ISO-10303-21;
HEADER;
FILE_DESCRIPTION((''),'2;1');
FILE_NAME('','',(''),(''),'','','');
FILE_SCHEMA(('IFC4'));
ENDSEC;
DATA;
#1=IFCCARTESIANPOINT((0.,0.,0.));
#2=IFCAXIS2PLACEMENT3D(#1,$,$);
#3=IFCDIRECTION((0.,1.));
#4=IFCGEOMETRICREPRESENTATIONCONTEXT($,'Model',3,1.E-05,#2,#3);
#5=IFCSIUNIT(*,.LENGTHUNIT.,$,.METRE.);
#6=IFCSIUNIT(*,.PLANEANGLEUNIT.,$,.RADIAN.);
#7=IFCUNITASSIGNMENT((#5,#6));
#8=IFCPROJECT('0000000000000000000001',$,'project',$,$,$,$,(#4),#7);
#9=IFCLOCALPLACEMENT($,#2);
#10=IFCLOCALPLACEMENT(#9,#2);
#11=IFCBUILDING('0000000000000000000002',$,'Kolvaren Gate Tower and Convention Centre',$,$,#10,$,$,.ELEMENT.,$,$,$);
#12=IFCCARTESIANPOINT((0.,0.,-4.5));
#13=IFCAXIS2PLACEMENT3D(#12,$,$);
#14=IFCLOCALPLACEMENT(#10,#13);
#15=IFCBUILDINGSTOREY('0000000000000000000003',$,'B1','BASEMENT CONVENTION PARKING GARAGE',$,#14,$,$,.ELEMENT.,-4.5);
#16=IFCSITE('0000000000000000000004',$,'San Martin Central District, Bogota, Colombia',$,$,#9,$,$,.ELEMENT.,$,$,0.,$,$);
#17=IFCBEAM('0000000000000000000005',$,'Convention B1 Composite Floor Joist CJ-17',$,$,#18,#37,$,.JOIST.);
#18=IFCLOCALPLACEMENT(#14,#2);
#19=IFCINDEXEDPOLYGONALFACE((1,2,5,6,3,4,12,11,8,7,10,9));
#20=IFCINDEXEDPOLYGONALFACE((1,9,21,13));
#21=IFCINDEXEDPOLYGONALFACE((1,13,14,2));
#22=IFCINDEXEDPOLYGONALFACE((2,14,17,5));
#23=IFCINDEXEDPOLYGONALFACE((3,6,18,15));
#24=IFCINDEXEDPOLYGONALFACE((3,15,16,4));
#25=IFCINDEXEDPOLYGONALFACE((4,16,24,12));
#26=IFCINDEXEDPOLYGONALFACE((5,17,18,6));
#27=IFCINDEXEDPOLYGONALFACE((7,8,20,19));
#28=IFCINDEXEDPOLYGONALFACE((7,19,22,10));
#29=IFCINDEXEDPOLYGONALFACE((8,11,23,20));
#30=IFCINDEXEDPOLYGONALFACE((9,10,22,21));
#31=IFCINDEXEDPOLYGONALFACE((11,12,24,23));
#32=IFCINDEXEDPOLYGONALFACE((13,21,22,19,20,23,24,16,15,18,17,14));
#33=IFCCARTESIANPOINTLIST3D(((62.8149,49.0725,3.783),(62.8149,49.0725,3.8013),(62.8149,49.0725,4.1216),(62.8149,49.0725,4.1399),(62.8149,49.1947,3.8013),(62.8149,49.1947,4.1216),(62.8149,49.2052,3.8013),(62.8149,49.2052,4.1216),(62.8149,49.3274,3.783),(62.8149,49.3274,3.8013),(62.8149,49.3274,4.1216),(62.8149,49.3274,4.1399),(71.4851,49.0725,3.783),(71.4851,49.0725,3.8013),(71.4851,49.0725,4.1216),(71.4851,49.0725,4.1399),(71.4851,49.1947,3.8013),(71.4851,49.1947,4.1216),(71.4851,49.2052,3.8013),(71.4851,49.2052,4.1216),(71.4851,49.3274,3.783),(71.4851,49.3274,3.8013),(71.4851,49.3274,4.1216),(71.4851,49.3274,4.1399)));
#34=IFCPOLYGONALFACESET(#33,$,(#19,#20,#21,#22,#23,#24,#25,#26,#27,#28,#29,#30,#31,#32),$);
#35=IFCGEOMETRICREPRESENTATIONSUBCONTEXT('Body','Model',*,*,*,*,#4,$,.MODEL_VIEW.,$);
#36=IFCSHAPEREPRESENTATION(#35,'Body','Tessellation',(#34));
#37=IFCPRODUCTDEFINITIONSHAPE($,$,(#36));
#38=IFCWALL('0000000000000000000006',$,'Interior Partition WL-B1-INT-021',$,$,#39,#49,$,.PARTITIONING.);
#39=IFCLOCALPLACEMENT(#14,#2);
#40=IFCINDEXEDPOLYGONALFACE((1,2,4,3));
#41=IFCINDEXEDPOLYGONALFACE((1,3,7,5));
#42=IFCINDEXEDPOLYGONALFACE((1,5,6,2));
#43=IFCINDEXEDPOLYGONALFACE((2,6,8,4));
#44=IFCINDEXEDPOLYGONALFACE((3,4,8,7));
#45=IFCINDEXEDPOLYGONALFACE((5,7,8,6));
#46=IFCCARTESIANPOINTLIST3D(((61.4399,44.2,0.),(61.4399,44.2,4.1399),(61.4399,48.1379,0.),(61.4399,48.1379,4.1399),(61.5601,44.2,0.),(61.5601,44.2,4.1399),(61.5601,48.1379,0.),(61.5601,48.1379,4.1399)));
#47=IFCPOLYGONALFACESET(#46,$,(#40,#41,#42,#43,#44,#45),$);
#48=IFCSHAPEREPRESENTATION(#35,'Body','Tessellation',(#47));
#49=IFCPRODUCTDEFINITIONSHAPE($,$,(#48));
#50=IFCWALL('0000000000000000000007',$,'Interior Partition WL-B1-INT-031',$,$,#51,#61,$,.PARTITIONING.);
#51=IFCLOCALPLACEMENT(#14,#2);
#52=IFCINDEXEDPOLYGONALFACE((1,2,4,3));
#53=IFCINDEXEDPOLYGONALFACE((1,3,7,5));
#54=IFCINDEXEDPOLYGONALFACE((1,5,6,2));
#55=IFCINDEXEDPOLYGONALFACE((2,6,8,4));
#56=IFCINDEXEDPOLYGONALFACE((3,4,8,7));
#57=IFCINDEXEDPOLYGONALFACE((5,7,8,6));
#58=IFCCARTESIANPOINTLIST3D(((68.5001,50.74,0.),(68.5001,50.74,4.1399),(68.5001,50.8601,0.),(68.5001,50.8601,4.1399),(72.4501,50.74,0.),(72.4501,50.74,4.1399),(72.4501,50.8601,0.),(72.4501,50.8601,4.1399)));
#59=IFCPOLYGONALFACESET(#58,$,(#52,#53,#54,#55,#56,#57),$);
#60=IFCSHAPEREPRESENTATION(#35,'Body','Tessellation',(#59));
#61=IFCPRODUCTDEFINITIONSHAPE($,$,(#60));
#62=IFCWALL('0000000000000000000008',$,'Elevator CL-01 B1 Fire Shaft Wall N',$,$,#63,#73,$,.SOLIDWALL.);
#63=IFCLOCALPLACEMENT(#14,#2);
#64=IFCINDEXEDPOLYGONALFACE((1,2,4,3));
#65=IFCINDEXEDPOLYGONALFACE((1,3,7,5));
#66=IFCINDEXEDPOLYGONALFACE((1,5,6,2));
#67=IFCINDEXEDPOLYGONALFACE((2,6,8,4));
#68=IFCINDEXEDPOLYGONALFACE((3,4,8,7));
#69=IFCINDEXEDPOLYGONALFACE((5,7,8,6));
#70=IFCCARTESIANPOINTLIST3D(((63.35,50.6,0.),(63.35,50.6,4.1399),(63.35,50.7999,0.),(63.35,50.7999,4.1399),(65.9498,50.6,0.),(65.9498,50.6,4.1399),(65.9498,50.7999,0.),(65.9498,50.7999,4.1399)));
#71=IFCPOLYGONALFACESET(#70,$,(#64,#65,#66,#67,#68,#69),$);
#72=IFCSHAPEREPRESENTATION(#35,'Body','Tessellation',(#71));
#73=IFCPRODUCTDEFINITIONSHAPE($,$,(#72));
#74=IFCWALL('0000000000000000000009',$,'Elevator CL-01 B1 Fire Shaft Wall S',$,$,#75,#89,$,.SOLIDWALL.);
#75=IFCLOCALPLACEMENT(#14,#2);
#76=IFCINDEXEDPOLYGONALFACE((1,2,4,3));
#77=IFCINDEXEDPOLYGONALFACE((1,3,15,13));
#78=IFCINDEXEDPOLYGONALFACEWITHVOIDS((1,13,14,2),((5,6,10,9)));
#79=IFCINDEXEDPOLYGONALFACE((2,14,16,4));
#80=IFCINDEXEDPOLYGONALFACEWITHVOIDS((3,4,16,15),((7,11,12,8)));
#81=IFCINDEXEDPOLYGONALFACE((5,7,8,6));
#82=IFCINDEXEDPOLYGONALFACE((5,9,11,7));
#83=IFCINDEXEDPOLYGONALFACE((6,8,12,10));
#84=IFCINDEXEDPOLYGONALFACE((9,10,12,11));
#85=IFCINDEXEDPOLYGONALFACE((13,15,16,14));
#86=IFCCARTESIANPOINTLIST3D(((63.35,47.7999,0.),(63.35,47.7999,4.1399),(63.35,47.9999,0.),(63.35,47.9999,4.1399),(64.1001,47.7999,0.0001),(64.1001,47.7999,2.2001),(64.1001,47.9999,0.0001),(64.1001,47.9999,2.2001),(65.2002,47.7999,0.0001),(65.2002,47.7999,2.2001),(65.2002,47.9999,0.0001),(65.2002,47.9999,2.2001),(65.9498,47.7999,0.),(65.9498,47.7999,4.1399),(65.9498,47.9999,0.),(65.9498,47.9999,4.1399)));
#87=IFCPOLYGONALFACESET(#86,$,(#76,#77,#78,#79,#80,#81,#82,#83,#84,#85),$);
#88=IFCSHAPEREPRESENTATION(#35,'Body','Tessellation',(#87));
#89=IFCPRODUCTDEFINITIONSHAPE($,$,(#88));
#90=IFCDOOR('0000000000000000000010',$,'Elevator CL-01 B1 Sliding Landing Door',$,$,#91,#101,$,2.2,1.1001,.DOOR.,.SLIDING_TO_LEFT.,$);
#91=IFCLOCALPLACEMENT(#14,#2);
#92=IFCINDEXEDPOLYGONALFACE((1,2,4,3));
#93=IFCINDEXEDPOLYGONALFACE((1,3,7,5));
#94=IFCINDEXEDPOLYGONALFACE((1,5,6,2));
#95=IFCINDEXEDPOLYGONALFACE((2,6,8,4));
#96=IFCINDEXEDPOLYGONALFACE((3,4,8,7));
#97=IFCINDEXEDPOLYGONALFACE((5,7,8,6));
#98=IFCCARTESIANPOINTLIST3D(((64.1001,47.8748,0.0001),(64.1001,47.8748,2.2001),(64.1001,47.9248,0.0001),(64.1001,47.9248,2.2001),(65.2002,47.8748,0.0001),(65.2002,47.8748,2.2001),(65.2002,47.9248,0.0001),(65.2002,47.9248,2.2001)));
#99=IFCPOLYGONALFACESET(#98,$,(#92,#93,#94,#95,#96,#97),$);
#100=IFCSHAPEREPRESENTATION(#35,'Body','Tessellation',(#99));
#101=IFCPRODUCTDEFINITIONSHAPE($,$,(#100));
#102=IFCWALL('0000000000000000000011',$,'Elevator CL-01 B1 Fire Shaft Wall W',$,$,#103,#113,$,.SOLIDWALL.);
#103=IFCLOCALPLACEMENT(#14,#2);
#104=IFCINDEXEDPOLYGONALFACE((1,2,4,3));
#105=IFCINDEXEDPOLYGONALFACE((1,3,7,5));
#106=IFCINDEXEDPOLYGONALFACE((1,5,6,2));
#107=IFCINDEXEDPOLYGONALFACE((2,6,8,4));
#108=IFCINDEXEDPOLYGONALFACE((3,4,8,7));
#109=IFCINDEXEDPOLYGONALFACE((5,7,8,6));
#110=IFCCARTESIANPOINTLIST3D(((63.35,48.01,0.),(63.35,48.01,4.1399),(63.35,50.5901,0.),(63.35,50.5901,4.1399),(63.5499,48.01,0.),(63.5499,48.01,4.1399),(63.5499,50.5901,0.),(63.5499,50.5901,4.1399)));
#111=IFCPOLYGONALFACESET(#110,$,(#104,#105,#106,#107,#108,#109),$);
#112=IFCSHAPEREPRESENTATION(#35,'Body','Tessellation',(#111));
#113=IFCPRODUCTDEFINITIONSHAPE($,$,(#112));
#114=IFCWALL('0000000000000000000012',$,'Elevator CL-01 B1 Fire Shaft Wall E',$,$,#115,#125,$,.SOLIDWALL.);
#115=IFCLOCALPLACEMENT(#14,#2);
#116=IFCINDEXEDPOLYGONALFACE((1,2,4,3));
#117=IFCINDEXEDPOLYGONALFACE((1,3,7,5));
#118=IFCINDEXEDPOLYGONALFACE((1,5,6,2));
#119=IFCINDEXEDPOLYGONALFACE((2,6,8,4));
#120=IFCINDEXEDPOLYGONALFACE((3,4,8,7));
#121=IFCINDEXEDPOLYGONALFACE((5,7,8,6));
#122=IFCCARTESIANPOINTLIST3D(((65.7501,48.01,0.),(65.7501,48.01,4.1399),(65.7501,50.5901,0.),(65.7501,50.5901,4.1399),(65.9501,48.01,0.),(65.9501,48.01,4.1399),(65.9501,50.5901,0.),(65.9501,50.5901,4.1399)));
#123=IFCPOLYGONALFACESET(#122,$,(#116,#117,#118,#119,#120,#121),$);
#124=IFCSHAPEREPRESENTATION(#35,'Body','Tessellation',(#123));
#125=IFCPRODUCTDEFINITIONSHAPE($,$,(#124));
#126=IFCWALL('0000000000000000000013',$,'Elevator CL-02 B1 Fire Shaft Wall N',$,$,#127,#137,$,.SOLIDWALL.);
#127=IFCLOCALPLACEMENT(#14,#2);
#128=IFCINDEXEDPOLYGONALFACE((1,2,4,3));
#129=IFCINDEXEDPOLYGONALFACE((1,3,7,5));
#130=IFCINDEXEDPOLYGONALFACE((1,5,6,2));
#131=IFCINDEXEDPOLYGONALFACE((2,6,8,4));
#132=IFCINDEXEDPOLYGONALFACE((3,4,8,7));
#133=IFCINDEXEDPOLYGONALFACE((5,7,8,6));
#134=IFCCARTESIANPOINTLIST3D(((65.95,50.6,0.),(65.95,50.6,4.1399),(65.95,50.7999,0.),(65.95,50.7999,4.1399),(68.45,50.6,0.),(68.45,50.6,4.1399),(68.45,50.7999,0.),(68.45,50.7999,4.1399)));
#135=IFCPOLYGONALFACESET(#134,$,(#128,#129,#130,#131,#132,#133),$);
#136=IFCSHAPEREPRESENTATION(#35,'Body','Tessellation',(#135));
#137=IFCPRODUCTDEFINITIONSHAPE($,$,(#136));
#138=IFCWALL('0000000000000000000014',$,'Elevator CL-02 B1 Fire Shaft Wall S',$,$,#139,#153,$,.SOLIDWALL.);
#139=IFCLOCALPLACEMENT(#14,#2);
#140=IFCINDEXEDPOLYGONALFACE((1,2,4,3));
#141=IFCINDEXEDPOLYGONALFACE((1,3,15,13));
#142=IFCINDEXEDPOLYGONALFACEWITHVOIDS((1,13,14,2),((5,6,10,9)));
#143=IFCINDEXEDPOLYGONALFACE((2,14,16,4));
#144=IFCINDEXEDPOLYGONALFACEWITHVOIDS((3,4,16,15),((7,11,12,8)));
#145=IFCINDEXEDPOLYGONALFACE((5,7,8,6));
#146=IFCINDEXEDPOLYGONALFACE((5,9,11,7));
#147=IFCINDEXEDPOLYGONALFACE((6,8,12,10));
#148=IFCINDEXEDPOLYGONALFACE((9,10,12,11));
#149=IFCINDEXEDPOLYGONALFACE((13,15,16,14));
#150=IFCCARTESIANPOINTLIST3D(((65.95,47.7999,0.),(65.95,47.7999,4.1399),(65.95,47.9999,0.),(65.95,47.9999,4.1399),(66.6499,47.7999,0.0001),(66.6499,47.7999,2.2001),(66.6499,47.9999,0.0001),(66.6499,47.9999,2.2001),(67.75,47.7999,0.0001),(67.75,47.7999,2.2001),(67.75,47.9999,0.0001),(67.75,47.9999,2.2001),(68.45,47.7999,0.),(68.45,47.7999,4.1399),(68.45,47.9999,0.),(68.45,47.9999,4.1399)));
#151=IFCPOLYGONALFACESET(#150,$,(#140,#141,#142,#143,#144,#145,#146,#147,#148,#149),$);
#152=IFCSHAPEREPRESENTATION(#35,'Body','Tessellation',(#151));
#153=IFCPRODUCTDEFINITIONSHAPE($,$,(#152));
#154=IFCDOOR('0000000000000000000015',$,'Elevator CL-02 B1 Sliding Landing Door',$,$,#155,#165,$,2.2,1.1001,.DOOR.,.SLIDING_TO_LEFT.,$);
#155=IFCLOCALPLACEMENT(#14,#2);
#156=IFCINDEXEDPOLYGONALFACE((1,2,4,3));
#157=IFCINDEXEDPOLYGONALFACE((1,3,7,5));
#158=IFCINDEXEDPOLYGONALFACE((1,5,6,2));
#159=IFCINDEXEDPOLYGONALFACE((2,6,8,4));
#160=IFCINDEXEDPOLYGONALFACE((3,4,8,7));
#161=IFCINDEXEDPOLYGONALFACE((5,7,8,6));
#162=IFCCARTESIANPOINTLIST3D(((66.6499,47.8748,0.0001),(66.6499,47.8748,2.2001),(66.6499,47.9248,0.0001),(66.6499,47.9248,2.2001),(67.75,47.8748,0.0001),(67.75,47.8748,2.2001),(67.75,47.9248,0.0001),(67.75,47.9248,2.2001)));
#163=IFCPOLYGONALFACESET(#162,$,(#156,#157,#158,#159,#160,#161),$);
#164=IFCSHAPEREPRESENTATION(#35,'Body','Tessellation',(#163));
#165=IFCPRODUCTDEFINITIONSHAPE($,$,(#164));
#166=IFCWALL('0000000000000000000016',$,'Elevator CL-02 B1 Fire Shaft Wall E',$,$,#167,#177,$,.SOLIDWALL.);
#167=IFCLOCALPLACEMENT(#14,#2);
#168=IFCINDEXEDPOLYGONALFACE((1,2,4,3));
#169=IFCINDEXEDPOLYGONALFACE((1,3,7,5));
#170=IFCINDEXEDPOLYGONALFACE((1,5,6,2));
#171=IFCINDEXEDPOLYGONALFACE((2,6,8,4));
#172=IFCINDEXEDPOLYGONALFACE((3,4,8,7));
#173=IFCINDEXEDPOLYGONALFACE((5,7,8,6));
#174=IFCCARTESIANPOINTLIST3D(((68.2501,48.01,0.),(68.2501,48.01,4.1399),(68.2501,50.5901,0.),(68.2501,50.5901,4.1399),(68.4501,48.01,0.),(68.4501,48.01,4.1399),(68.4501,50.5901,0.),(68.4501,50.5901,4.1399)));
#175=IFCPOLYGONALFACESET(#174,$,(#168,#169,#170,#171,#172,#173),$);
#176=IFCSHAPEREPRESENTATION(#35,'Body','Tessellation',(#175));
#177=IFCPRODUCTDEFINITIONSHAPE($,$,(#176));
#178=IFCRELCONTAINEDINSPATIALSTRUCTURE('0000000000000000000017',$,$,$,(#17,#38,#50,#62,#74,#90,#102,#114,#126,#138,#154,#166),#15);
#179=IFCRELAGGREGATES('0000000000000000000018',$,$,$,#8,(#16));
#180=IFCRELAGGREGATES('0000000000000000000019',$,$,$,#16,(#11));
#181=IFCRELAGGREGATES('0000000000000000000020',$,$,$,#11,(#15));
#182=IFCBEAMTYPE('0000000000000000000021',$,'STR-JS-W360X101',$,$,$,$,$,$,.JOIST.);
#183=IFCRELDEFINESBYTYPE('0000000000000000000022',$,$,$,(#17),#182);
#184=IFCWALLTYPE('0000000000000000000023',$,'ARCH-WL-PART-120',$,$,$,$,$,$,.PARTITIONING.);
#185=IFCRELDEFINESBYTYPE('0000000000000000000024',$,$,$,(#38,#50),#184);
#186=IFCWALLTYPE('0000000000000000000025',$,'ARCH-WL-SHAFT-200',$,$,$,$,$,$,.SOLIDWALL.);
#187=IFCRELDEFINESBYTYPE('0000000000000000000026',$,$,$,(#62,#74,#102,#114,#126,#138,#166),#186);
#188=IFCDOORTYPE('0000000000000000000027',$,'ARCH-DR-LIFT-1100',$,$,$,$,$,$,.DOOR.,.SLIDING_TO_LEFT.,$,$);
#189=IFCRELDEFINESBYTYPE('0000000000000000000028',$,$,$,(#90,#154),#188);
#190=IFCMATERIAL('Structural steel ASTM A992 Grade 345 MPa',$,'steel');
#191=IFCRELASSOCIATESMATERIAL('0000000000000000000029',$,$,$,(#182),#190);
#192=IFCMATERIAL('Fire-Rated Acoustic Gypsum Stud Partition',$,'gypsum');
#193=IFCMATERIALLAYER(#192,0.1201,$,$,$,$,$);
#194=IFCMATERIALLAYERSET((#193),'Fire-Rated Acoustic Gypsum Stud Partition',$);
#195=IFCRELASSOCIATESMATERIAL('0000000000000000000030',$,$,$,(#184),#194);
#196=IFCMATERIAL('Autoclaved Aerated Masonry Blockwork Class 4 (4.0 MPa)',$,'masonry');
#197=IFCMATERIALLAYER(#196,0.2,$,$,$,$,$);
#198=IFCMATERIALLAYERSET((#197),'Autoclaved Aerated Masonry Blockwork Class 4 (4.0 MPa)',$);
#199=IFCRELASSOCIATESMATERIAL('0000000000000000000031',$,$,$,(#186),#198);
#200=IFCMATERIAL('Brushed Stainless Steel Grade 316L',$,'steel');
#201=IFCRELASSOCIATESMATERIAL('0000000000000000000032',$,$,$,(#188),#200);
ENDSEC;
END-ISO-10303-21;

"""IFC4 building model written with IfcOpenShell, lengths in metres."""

from ifc_helpers import new_model, si_unit, direction, frame, frame_2d, origin, origin_2d, place, context, subcontext, project, spatial, rectangle, i_section, extrude, material, layer, layer_set, material_profile, profile_set, type_object, element, fill, save


model = new_model("IFC4")

# Units and contexts
model_context = context("Model", 3, precision=1e-05, world=origin(), true_north=direction((0.0, 1.0)))
body_context = subcontext(model_context, "Body", "Model", "MODEL_VIEW")
ifc_project = project(units=[si_unit("LENGTHUNIT", "METRE"), si_unit("PLANEANGLEUNIT", "RADIAN")], contexts=[model_context])

# Site, building, storey
site_placement = place(None, origin())
site = spatial("IfcSite", under=ifc_project, at=site_placement, Name="San Martin Central District, Bogota, Colombia", CompositionType="ELEMENT", RefElevation=0.0)
building_placement = place(site_placement, origin())
building = spatial("IfcBuilding", under=site, at=building_placement, Name="Kolvaren Gate Tower and Convention Centre", CompositionType="ELEMENT")
storey_placement = place(building_placement, frame((0.0, 0.0, -4.5)))
storey = spatial("IfcBuildingStorey", under=building, at=storey_placement, Name="B1", Description="BASEMENT CONVENTION PARKING GARAGE", CompositionType="ELEMENT", Elevation=-4.5)

# Beam
ifc_material_1 = material(Name="Structural steel ASTM A992 Grade 345 MPa", Category="steel")
ifc_material_profile_1 = material_profile(ifc_material_1, i_section(OverallWidth=0.2549, OverallDepth=0.3569, WebThickness=0.0105, FlangeThickness=0.0183, at=origin_2d()), Name="W360X101")
ifc_profile_set_1 = profile_set([ifc_material_profile_1], Name="Structural steel ASTM A992 Grade 345 MPa")
beam_type_1 = type_object("IfcBeamType", Name="STR-JS-W360X101", PredefinedType="JOIST", material=ifc_profile_set_1)
beam_1_placement = place(storey_placement, frame((62.8149, 49.2, 3.9614), z_axis=(1.0, 0.0, 0.0), x_axis=(0.0, 1.0, 0.0)))
element("IfcBeam", 1, at=beam_1_placement, inside=storey, type_object=beam_type_1, Name="Convention B1 Composite Floor Joist CJ-17", PredefinedType="JOIST", context=body_context, shape_type="SweptSolid", body=[
    extrude(i_section(OverallWidth=0.2549, OverallDepth=0.3569, WebThickness=0.0105, FlangeThickness=0.0183, at=origin_2d()), origin(), (0.0, 0.0, 1.0), 8.6702),
])

# Walls
ifc_material_2 = material(Name="Fire-Rated Acoustic Gypsum Stud Partition", Category="gypsum")
ifc_layer_1 = layer(ifc_material_2, 0.1201)
ifc_layer_set_1 = layer_set([ifc_layer_1], Name="Fire-Rated Acoustic Gypsum Stud Partition")
wall_type_1 = type_object("IfcWallType", Name="ARCH-WL-PART-120", PredefinedType="PARTITIONING", material=ifc_layer_set_1)
wall_1_placement = place(storey_placement, frame((61.5, 44.2, 0.0), z_axis=(0.0, 0.0, 1.0), x_axis=(0.0, 1.0, 0.0)))
element("IfcWall", 2, at=wall_1_placement, inside=storey, type_object=wall_type_1, Name="Interior Partition WL-B1-INT-021", PredefinedType="PARTITIONING", context=body_context, shape_type="SweptSolid", body=[
    extrude(rectangle(XDim=3.938, YDim=0.1201, at=frame_2d((1.969, 0.0))), origin(), (0.0, 0.0, 1.0), 4.1399),
])
wall_2_placement = place(storey_placement, frame((68.5, 50.8, 0.0), z_axis=(0.0, 0.0, 1.0), x_axis=(1.0, 0.0, 0.0)))
element("IfcWall", 3, at=wall_2_placement, inside=storey, type_object=wall_type_1, Name="Interior Partition WL-B1-INT-031", PredefinedType="PARTITIONING", context=body_context, shape_type="SweptSolid", body=[
    extrude(rectangle(XDim=3.95, YDim=0.1201, at=frame_2d((1.9751, 0.0))), origin(), (0.0, 0.0, 1.0), 4.1399),
])
ifc_material_3 = material(Name="Autoclaved Aerated Masonry Blockwork Class 4 (4.0 MPa)", Category="masonry")
ifc_layer_2 = layer(ifc_material_3, 0.2)
ifc_layer_set_2 = layer_set([ifc_layer_2], Name="Autoclaved Aerated Masonry Blockwork Class 4 (4.0 MPa)")
wall_type_2 = type_object("IfcWallType", Name="ARCH-WL-SHAFT-200", PredefinedType="SOLIDWALL", material=ifc_layer_set_2)
wall_3_placement = place(storey_placement, frame((63.3501, 50.7, 0.0), z_axis=(0.0, 0.0, 1.0), x_axis=(1.0, 0.0, 0.0)))
element("IfcWall", 4, at=wall_3_placement, inside=storey, type_object=wall_type_2, Name="Elevator CL-01 B1 Fire Shaft Wall N", PredefinedType="SOLIDWALL", context=body_context, shape_type="SweptSolid", body=[
    extrude(rectangle(XDim=2.5999, YDim=0.2, at=frame_2d((1.2998, 0.0))), origin(), (0.0, 0.0, 1.0), 4.1399),
])

# Wall, opening, door
wall_4_placement = place(storey_placement, frame((63.3501, 47.8999, 0.0), z_axis=(0.0, 0.0, 1.0), x_axis=(1.0, 0.0, 0.0)))
wall_4 = element("IfcWall", 5, at=wall_4_placement, inside=storey, type_object=wall_type_2, Name="Elevator CL-01 B1 Fire Shaft Wall S", PredefinedType="SOLIDWALL", context=body_context, shape_type="SweptSolid", body=[
    extrude(rectangle(XDim=2.5999, YDim=0.2, at=frame_2d((1.2998, 0.0))), origin(), (0.0, 0.0, 1.0), 4.1399),
])
opening_1_placement = place(wall_4_placement, frame((0.75, 0.0, 0.0)))
opening_1 = element("IfcOpeningElement", 6, at=opening_1_placement, cuts=wall_4, PredefinedType="OPENING", context=body_context, shape_type="SweptSolid", body=[
    extrude(rectangle(XDim=1.1001, YDim=2.2, at=frame_2d((0.55, 1.1001))), frame((0.0, 0.1099, 0.0), z_axis=(0.0, -1.0, 0.0), x_axis=(1.0, 0.0, 0.0)), (0.0, 0.0, 1.0), 0.22),
])
ifc_material_4 = material(Name="Brushed Stainless Steel Grade 316L", Category="steel")
door_type = type_object("IfcDoorType", Name="ARCH-DR-LIFT-1100", OperationType="SLIDING_TO_LEFT", PredefinedType="DOOR", material=ifc_material_4)
door_1_placement = place(opening_1_placement, origin())
door_1 = element("IfcDoor", 7, at=door_1_placement, inside=storey, type_object=door_type, Name="Elevator CL-01 B1 Sliding Landing Door", OperationType="SLIDING_TO_LEFT", OverallHeight=2.2, OverallWidth=1.1001, PredefinedType="DOOR", context=body_context, shape_type="SweptSolid", body=[
    extrude(rectangle(XDim=1.1001, YDim=2.2, at=frame_2d((0.55, 1.1001))), frame((0.0, 0.0249, 0.0), z_axis=(0.0, -1.0, 0.0), x_axis=(1.0, 0.0, 0.0)), (0.0, 0.0, 1.0), 0.05),
])
fill(opening_1, door_1)

# Walls
for number, where, z_axis, x_axis, name in (
    (8, (63.45, 48.01, 0.0), (0.0, 0.0, 1.0), (0.0, 1.0, 0.0), "Elevator CL-01 B1 Fire Shaft Wall W"),
    (9, (65.8501, 48.01, 0.0), (0.0, 0.0, 1.0), (0.0, 1.0, 0.0), "Elevator CL-01 B1 Fire Shaft Wall E"),
):
    element("IfcWall", number, at=place(storey_placement, frame(where, z_axis=z_axis, x_axis=x_axis)), inside=storey, type_object=wall_type_2, Name=name, PredefinedType="SOLIDWALL", context=body_context, shape_type="SweptSolid", body=[
        extrude(rectangle(XDim=2.5801, YDim=0.2, at=frame_2d((1.29, 0.0))), origin(), (0.0, 0.0, 1.0), 4.1399),
    ])
wall_5_placement = place(storey_placement, frame((65.95, 50.7, 0.0), z_axis=(0.0, 0.0, 1.0), x_axis=(1.0, 0.0, 0.0)))
element("IfcWall", 10, at=wall_5_placement, inside=storey, type_object=wall_type_2, Name="Elevator CL-02 B1 Fire Shaft Wall N", PredefinedType="SOLIDWALL", context=body_context, shape_type="SweptSolid", body=[
    extrude(rectangle(XDim=2.5, YDim=0.2, at=frame_2d((1.25, 0.0))), origin(), (0.0, 0.0, 1.0), 4.1399),
])

# Wall, opening, door
wall_6_placement = place(storey_placement, frame((65.95, 47.8999, 0.0), z_axis=(0.0, 0.0, 1.0), x_axis=(1.0, 0.0, 0.0)))
wall_6 = element("IfcWall", 11, at=wall_6_placement, inside=storey, type_object=wall_type_2, Name="Elevator CL-02 B1 Fire Shaft Wall S", PredefinedType="SOLIDWALL", context=body_context, shape_type="SweptSolid", body=[
    extrude(rectangle(XDim=2.5, YDim=0.2, at=frame_2d((1.25, 0.0))), origin(), (0.0, 0.0, 1.0), 4.1399),
])
opening_2_placement = place(wall_6_placement, frame((0.7, 0.0, 0.0)))
opening_2 = element("IfcOpeningElement", 12, at=opening_2_placement, cuts=wall_6, PredefinedType="OPENING", context=body_context, shape_type="SweptSolid", body=[
    extrude(rectangle(XDim=1.1001, YDim=2.2, at=frame_2d((0.55, 1.1001))), frame((0.0, 0.1099, 0.0), z_axis=(0.0, -1.0, 0.0), x_axis=(1.0, 0.0, 0.0)), (0.0, 0.0, 1.0), 0.22),
])
door_2_placement = place(opening_2_placement, origin())
door_2 = element("IfcDoor", 13, at=door_2_placement, inside=storey, type_object=door_type, Name="Elevator CL-02 B1 Sliding Landing Door", OperationType="SLIDING_TO_LEFT", OverallHeight=2.2, OverallWidth=1.1001, PredefinedType="DOOR", context=body_context, shape_type="SweptSolid", body=[
    extrude(rectangle(XDim=1.1001, YDim=2.2, at=frame_2d((0.55, 1.1001))), frame((0.0, 0.0249, 0.0), z_axis=(0.0, -1.0, 0.0), x_axis=(1.0, 0.0, 0.0)), (0.0, 0.0, 1.0), 0.05),
])
fill(opening_2, door_2)

# Wall
wall_7_placement = place(storey_placement, frame((68.3501, 48.01, 0.0), z_axis=(0.0, 0.0, 1.0), x_axis=(0.0, 1.0, 0.0)))
element("IfcWall", 14, at=wall_7_placement, inside=storey, type_object=wall_type_2, Name="Elevator CL-02 B1 Fire Shaft Wall E", PredefinedType="SOLIDWALL", context=body_context, shape_type="SweptSolid", body=[
    extrude(rectangle(XDim=2.5801, YDim=0.2, at=frame_2d((1.29, 0.0))), origin(), (0.0, 0.0, 1.0), 4.1399),
])

save(model, "model.ifc")
